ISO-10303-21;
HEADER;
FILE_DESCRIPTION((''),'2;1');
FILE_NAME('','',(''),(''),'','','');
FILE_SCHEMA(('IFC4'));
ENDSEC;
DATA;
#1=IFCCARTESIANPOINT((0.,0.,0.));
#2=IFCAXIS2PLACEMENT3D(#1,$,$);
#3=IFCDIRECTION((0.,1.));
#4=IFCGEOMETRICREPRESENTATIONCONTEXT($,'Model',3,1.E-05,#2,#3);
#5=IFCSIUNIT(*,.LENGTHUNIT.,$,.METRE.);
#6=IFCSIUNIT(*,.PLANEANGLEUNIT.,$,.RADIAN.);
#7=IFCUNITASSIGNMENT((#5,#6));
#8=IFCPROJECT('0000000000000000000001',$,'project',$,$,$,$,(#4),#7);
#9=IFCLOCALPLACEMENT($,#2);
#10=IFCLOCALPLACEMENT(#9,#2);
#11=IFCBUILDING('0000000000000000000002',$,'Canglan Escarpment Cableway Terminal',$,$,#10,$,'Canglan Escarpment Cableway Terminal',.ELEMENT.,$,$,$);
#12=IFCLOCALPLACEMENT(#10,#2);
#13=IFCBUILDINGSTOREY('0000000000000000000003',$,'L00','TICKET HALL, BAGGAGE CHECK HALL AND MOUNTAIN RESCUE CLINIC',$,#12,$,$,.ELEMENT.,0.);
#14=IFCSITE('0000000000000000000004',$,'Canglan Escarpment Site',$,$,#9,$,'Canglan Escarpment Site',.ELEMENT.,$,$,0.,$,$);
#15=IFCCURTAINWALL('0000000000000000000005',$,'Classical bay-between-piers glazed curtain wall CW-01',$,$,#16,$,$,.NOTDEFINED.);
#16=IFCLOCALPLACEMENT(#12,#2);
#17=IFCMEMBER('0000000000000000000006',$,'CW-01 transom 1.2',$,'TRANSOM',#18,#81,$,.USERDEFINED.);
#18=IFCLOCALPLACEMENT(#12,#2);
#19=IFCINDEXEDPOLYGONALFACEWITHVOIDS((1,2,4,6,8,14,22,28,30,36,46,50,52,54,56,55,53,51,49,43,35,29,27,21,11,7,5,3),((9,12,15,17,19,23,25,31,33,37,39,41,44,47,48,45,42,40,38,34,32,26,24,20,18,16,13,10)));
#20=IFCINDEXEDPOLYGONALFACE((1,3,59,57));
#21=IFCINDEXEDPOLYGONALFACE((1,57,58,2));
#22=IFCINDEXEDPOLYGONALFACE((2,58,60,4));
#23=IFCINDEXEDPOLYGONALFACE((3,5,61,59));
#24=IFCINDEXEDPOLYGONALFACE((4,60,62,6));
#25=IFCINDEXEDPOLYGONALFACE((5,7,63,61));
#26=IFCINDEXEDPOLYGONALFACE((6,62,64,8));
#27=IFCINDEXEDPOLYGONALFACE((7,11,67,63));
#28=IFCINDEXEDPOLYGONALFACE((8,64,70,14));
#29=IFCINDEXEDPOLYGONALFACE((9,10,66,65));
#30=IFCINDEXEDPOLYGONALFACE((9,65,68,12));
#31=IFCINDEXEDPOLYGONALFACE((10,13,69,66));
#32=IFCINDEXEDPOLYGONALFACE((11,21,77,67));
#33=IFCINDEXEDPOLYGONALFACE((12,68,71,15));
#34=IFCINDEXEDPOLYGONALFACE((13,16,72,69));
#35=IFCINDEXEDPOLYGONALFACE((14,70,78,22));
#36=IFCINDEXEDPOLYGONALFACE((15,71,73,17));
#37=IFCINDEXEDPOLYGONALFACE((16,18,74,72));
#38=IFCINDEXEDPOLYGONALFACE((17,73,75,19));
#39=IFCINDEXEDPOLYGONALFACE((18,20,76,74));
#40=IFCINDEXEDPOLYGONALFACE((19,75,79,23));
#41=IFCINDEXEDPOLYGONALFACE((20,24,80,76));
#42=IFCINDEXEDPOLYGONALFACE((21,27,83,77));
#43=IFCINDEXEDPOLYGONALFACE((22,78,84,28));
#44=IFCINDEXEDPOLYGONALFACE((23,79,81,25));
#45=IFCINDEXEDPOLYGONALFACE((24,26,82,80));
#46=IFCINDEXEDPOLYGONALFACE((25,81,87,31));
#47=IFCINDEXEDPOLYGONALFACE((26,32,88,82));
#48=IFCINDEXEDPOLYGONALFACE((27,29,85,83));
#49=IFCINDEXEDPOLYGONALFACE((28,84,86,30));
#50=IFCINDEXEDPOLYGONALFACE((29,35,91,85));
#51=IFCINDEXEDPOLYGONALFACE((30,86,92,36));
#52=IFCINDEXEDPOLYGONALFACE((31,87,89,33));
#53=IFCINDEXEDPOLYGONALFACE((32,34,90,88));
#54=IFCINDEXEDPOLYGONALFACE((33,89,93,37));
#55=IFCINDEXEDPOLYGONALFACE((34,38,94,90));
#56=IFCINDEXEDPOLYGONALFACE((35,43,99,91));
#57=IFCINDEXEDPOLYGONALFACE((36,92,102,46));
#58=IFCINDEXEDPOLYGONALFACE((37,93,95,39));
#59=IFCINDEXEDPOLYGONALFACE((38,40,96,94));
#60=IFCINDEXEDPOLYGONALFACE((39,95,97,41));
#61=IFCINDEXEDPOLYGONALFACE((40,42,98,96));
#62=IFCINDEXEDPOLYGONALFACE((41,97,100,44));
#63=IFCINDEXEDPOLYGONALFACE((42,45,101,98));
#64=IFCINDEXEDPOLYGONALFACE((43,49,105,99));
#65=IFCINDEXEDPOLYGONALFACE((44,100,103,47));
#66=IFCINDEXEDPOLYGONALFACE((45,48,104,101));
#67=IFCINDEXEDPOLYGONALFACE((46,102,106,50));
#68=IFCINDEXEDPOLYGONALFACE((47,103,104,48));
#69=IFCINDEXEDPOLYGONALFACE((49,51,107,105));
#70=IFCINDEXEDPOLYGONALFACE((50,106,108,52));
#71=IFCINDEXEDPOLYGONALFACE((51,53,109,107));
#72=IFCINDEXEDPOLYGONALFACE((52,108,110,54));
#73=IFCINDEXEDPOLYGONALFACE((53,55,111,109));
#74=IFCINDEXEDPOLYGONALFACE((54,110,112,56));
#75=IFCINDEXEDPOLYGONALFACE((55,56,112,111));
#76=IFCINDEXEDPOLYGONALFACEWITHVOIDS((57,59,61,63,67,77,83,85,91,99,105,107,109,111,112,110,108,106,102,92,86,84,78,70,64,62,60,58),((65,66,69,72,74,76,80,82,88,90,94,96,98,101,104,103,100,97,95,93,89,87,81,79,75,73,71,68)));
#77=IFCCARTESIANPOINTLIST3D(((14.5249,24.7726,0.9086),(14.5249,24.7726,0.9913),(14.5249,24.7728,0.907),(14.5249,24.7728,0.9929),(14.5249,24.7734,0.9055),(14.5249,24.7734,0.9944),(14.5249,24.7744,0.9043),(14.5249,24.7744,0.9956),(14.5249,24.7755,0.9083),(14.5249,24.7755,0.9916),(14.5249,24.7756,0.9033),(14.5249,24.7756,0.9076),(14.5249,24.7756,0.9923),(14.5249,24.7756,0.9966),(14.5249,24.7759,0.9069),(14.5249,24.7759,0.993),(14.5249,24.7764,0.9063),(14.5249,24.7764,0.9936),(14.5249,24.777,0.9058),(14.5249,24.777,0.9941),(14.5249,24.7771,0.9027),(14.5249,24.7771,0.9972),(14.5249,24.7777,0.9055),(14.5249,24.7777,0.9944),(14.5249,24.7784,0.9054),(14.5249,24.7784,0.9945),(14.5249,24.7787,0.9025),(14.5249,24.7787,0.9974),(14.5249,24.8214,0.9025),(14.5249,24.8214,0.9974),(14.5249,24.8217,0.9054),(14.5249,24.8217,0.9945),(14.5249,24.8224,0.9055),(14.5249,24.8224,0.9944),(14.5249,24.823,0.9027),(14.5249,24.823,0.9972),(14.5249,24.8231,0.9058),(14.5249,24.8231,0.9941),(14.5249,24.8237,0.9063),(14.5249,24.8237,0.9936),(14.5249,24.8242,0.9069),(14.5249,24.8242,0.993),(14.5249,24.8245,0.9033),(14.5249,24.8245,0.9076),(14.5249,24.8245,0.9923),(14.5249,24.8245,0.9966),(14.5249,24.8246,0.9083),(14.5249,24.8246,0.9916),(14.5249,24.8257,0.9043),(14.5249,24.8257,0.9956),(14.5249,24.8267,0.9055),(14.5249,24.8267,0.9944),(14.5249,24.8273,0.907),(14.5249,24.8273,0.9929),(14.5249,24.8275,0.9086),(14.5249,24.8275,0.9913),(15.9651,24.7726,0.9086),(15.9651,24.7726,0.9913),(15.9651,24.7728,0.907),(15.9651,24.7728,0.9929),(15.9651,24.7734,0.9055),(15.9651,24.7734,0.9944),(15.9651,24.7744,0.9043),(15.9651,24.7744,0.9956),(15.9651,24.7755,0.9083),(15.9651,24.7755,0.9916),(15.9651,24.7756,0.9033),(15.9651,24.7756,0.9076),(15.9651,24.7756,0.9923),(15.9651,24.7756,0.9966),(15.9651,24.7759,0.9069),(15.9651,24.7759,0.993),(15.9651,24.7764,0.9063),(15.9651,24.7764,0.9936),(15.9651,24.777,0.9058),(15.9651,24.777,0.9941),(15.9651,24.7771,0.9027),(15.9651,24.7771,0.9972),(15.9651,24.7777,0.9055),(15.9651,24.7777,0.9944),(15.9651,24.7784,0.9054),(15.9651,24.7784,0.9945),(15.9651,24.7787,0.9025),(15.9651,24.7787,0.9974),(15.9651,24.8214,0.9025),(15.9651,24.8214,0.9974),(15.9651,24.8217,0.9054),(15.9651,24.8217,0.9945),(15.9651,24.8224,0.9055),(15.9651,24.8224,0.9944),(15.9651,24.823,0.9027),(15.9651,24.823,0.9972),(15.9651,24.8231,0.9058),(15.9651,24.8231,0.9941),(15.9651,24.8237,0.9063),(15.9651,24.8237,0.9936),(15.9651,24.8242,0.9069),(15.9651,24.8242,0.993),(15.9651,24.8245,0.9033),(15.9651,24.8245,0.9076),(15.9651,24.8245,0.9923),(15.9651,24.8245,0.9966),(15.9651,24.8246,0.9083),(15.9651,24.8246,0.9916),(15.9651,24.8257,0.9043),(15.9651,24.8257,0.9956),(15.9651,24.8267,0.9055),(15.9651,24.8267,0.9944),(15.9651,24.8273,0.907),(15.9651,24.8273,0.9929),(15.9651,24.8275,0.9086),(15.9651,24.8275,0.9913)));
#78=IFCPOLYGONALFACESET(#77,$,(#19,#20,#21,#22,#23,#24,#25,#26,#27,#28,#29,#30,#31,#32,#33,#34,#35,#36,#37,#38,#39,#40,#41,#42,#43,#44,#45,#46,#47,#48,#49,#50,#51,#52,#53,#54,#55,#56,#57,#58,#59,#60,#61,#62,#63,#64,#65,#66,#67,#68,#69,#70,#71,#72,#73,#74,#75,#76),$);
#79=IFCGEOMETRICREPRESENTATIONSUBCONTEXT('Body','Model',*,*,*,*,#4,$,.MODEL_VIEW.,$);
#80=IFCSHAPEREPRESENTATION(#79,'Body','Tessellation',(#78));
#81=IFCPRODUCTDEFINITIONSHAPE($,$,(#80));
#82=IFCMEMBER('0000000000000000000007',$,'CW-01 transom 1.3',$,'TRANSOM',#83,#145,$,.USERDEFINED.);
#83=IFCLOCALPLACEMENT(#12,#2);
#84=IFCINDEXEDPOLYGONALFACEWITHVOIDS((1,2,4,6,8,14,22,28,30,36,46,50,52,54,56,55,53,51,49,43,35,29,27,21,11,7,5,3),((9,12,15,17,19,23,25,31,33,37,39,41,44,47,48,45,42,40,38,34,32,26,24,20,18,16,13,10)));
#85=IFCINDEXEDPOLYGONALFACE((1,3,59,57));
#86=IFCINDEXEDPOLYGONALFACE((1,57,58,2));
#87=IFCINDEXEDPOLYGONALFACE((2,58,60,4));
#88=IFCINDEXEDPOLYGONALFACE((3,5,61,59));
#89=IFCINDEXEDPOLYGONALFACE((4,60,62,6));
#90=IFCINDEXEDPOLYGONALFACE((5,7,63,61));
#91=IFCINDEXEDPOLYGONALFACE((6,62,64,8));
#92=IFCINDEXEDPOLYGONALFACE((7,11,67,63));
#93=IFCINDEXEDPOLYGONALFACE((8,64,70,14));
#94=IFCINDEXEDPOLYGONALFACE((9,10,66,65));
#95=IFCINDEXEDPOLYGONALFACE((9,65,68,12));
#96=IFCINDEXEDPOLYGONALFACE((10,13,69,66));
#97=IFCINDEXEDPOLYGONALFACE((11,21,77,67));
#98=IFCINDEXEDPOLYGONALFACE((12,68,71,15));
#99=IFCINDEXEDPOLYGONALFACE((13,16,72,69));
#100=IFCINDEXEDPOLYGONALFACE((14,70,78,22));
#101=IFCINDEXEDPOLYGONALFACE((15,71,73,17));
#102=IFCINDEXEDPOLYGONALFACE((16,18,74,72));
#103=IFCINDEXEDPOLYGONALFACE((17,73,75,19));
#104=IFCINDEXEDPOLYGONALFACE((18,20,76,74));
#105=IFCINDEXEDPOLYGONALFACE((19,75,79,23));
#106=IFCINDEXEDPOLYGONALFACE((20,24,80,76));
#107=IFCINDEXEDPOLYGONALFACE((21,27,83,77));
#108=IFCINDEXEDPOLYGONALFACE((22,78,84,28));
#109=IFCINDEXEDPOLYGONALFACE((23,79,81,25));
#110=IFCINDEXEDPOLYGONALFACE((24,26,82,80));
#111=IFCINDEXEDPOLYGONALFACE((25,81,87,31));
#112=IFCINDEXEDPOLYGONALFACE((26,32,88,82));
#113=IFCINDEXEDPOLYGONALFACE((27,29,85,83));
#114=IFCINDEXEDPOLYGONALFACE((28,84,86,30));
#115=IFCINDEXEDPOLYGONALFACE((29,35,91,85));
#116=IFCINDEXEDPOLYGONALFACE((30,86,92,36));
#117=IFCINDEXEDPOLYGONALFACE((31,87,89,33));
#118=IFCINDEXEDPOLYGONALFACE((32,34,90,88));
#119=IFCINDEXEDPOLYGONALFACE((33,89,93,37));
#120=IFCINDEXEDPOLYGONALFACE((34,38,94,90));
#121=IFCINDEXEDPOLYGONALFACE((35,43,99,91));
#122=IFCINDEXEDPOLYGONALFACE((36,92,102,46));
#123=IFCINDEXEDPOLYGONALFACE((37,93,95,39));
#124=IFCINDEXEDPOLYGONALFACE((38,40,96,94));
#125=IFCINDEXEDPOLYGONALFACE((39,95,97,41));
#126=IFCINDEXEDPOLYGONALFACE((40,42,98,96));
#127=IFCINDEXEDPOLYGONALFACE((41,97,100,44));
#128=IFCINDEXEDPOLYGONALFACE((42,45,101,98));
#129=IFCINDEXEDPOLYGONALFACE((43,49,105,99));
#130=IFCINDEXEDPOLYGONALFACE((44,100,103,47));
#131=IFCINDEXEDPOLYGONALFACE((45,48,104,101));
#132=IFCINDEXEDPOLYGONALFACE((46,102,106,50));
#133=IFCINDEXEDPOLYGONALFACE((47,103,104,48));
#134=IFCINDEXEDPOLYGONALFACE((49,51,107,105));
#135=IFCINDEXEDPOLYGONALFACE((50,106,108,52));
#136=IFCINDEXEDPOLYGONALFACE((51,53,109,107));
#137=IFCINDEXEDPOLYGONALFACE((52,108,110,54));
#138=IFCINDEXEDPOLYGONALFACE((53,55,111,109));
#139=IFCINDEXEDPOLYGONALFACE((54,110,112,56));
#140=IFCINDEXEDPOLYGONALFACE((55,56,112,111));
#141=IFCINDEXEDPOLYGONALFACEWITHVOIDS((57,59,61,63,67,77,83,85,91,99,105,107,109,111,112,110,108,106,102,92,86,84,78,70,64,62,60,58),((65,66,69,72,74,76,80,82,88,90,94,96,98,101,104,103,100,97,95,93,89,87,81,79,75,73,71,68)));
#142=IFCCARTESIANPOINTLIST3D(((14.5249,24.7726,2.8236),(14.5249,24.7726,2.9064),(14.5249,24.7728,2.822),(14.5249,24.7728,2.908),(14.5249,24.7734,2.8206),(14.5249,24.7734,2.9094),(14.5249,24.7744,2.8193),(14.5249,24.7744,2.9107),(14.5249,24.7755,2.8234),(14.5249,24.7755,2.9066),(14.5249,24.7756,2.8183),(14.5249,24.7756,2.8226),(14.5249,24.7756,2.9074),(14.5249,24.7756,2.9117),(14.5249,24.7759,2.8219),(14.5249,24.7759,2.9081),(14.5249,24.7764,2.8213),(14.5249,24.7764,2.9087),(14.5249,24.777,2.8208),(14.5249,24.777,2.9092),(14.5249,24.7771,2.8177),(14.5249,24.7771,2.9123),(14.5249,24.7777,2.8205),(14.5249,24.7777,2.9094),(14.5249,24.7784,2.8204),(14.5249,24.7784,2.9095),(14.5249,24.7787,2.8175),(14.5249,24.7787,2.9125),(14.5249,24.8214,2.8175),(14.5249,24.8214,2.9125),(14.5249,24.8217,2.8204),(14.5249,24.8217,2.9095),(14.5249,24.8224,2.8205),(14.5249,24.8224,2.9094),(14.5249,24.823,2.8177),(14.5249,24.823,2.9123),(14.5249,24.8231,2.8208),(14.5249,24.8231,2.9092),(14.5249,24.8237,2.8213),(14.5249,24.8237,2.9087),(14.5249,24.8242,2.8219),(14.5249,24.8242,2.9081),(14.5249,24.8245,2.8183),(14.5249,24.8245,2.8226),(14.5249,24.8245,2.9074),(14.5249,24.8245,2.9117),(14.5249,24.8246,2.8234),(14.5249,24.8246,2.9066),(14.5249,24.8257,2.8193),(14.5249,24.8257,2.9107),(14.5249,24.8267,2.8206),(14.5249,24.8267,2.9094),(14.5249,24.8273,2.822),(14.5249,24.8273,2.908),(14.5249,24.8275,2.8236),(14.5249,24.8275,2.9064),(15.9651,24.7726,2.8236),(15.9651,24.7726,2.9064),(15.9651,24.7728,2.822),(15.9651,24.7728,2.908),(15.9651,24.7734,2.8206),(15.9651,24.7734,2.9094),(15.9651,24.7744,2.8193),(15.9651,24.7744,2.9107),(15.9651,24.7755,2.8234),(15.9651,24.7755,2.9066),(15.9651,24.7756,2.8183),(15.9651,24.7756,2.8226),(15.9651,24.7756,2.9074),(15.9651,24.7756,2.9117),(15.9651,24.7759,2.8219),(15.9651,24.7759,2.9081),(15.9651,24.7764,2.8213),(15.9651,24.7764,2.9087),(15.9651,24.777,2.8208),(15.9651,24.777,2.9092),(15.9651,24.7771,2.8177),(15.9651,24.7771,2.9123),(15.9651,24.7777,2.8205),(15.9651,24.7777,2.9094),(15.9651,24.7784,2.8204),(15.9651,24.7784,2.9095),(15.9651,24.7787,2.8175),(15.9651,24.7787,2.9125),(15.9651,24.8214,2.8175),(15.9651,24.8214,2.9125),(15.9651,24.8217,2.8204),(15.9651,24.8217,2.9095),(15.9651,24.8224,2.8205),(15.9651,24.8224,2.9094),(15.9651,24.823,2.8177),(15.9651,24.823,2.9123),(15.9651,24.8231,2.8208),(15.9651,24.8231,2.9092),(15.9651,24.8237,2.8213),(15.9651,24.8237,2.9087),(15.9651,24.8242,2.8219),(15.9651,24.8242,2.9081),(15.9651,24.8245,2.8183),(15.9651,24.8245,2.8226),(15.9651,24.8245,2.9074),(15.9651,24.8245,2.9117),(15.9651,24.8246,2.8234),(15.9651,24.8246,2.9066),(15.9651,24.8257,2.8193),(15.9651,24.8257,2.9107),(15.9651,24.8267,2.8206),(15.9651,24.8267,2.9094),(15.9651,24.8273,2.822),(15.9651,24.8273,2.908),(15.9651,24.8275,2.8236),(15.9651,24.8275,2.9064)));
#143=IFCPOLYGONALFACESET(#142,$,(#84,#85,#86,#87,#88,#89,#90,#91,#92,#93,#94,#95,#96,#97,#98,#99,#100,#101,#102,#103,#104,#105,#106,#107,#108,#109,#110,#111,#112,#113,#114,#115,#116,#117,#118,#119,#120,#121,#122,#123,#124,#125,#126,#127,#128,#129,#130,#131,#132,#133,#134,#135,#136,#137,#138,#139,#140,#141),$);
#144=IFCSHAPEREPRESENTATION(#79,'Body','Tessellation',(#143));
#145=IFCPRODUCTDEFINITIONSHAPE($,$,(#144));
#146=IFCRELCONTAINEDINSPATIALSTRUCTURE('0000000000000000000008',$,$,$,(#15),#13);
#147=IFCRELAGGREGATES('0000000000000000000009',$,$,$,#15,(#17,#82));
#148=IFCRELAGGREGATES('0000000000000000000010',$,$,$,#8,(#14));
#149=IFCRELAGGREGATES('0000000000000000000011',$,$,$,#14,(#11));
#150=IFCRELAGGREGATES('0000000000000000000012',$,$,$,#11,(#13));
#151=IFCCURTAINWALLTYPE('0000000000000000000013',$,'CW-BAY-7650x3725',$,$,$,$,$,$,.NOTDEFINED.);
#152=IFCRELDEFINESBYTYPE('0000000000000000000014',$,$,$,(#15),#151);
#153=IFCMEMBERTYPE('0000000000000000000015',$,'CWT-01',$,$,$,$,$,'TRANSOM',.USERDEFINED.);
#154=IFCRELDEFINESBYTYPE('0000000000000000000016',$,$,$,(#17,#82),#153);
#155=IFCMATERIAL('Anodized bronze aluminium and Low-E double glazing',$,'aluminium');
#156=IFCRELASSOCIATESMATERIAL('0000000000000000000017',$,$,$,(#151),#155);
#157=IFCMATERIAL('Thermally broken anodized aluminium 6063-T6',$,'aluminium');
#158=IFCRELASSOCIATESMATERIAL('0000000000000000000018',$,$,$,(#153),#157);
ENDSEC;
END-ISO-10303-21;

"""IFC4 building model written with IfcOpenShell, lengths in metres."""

from ifc_helpers import new_model, si_unit, direction, frame, origin, origin_2d, place, context, subcontext, project, spatial, hollow_rectangle, extrude, material, material_profile, profile_set, type_object, element, aggregate, save


model = new_model("IFC4")

# Units and contexts
model_context = context("Model", 3, precision=1e-05, world=origin(), true_north=direction((0.0, 1.0)))
body_context = subcontext(model_context, "Body", "Model", "MODEL_VIEW")
ifc_project = project(units=[si_unit("LENGTHUNIT", "METRE"), si_unit("PLANEANGLEUNIT", "RADIAN")], contexts=[model_context])

# Site, building, storey
site_placement = place(None, origin())
site = spatial("IfcSite", under=ifc_project, at=site_placement, Name="Canglan Escarpment Site", LongName="Canglan Escarpment Site", CompositionType="ELEMENT", RefElevation=0.0)
building_placement = place(site_placement, origin())
building = spatial("IfcBuilding", under=site, at=building_placement, Name="Canglan Escarpment Cableway Terminal", LongName="Canglan Escarpment Cableway Terminal", CompositionType="ELEMENT")
storey_placement = place(building_placement, origin())
storey = spatial("IfcBuildingStorey", under=building, at=storey_placement, Name="L00", Description="TICKET HALL, BAGGAGE CHECK HALL AND MOUNTAIN RESCUE CLINIC", CompositionType="ELEMENT", Elevation=0.0)

# Curtain wall, members
ifc_material_1 = material(Name="Anodized bronze aluminium and Low-E double glazing", Category="aluminium")
curtain_wall_type = type_object("IfcCurtainWallType", Name="CW-BAY-7650x3725", PredefinedType="NOTDEFINED", material=ifc_material_1)
curtain_wall_placement = place(storey_placement, origin())
curtain_wall = element("IfcCurtainWall", 1, at=curtain_wall_placement, inside=storey, type_object=curtain_wall_type, Name="Classical bay-between-piers glazed curtain wall CW-01", PredefinedType="NOTDEFINED")
ifc_material_2 = material(Name="Thermally broken anodized aluminium 6063-T6", Category="aluminium")
ifc_material_profile_1 = material_profile(ifc_material_2, hollow_rectangle(XDim=0.0549, YDim=0.095, WallThickness=0.0029, InnerFilletRadius=0.0029, OuterFilletRadius=0.0061, at=origin_2d()), Name="ALU-TRAN 55x95x3")
ifc_profile_set_1 = profile_set([ifc_material_profile_1], Name="Thermally broken anodized aluminium 6063-T6")
member_type_1 = type_object("IfcMemberType", Name="CWT-01", ElementType="TRANSOM", PredefinedType="USERDEFINED", material=ifc_profile_set_1)
member_1_placement = place(storey_placement, frame((15.9651, 24.8, 0.95), z_axis=(-1.0, 0.0, 0.0), x_axis=(0.0, -1.0, 0.0)))
member_1 = element("IfcMember", 2, at=member_1_placement, type_object=member_type_1, Name="CW-01 transom 1.2", ObjectType="TRANSOM", PredefinedType="USERDEFINED", context=body_context, shape_type="SweptSolid", body=[
    extrude(hollow_rectangle(XDim=0.0549, YDim=0.095, WallThickness=0.0029, InnerFilletRadius=0.0029, OuterFilletRadius=0.0061, at=origin_2d()), origin(), (0.0, 0.0, 1.0), 1.4402),
])
member_2_placement = place(storey_placement, frame((15.9651, 24.8, 2.865), z_axis=(-1.0, 0.0, 0.0), x_axis=(0.0, -1.0, 0.0)))
member_2 = element("IfcMember", 3, at=member_2_placement, type_object=member_type_1, Name="CW-01 transom 1.3", ObjectType="TRANSOM", PredefinedType="USERDEFINED", context=body_context, shape_type="SweptSolid", body=[
    extrude(hollow_rectangle(XDim=0.0549, YDim=0.095, WallThickness=0.0029, InnerFilletRadius=0.0029, OuterFilletRadius=0.0061, at=origin_2d()), origin(), (0.0, 0.0, 1.0), 1.4402),
])

aggregate(curtain_wall, [member_1, member_2])

save(model, "model.ifc")
